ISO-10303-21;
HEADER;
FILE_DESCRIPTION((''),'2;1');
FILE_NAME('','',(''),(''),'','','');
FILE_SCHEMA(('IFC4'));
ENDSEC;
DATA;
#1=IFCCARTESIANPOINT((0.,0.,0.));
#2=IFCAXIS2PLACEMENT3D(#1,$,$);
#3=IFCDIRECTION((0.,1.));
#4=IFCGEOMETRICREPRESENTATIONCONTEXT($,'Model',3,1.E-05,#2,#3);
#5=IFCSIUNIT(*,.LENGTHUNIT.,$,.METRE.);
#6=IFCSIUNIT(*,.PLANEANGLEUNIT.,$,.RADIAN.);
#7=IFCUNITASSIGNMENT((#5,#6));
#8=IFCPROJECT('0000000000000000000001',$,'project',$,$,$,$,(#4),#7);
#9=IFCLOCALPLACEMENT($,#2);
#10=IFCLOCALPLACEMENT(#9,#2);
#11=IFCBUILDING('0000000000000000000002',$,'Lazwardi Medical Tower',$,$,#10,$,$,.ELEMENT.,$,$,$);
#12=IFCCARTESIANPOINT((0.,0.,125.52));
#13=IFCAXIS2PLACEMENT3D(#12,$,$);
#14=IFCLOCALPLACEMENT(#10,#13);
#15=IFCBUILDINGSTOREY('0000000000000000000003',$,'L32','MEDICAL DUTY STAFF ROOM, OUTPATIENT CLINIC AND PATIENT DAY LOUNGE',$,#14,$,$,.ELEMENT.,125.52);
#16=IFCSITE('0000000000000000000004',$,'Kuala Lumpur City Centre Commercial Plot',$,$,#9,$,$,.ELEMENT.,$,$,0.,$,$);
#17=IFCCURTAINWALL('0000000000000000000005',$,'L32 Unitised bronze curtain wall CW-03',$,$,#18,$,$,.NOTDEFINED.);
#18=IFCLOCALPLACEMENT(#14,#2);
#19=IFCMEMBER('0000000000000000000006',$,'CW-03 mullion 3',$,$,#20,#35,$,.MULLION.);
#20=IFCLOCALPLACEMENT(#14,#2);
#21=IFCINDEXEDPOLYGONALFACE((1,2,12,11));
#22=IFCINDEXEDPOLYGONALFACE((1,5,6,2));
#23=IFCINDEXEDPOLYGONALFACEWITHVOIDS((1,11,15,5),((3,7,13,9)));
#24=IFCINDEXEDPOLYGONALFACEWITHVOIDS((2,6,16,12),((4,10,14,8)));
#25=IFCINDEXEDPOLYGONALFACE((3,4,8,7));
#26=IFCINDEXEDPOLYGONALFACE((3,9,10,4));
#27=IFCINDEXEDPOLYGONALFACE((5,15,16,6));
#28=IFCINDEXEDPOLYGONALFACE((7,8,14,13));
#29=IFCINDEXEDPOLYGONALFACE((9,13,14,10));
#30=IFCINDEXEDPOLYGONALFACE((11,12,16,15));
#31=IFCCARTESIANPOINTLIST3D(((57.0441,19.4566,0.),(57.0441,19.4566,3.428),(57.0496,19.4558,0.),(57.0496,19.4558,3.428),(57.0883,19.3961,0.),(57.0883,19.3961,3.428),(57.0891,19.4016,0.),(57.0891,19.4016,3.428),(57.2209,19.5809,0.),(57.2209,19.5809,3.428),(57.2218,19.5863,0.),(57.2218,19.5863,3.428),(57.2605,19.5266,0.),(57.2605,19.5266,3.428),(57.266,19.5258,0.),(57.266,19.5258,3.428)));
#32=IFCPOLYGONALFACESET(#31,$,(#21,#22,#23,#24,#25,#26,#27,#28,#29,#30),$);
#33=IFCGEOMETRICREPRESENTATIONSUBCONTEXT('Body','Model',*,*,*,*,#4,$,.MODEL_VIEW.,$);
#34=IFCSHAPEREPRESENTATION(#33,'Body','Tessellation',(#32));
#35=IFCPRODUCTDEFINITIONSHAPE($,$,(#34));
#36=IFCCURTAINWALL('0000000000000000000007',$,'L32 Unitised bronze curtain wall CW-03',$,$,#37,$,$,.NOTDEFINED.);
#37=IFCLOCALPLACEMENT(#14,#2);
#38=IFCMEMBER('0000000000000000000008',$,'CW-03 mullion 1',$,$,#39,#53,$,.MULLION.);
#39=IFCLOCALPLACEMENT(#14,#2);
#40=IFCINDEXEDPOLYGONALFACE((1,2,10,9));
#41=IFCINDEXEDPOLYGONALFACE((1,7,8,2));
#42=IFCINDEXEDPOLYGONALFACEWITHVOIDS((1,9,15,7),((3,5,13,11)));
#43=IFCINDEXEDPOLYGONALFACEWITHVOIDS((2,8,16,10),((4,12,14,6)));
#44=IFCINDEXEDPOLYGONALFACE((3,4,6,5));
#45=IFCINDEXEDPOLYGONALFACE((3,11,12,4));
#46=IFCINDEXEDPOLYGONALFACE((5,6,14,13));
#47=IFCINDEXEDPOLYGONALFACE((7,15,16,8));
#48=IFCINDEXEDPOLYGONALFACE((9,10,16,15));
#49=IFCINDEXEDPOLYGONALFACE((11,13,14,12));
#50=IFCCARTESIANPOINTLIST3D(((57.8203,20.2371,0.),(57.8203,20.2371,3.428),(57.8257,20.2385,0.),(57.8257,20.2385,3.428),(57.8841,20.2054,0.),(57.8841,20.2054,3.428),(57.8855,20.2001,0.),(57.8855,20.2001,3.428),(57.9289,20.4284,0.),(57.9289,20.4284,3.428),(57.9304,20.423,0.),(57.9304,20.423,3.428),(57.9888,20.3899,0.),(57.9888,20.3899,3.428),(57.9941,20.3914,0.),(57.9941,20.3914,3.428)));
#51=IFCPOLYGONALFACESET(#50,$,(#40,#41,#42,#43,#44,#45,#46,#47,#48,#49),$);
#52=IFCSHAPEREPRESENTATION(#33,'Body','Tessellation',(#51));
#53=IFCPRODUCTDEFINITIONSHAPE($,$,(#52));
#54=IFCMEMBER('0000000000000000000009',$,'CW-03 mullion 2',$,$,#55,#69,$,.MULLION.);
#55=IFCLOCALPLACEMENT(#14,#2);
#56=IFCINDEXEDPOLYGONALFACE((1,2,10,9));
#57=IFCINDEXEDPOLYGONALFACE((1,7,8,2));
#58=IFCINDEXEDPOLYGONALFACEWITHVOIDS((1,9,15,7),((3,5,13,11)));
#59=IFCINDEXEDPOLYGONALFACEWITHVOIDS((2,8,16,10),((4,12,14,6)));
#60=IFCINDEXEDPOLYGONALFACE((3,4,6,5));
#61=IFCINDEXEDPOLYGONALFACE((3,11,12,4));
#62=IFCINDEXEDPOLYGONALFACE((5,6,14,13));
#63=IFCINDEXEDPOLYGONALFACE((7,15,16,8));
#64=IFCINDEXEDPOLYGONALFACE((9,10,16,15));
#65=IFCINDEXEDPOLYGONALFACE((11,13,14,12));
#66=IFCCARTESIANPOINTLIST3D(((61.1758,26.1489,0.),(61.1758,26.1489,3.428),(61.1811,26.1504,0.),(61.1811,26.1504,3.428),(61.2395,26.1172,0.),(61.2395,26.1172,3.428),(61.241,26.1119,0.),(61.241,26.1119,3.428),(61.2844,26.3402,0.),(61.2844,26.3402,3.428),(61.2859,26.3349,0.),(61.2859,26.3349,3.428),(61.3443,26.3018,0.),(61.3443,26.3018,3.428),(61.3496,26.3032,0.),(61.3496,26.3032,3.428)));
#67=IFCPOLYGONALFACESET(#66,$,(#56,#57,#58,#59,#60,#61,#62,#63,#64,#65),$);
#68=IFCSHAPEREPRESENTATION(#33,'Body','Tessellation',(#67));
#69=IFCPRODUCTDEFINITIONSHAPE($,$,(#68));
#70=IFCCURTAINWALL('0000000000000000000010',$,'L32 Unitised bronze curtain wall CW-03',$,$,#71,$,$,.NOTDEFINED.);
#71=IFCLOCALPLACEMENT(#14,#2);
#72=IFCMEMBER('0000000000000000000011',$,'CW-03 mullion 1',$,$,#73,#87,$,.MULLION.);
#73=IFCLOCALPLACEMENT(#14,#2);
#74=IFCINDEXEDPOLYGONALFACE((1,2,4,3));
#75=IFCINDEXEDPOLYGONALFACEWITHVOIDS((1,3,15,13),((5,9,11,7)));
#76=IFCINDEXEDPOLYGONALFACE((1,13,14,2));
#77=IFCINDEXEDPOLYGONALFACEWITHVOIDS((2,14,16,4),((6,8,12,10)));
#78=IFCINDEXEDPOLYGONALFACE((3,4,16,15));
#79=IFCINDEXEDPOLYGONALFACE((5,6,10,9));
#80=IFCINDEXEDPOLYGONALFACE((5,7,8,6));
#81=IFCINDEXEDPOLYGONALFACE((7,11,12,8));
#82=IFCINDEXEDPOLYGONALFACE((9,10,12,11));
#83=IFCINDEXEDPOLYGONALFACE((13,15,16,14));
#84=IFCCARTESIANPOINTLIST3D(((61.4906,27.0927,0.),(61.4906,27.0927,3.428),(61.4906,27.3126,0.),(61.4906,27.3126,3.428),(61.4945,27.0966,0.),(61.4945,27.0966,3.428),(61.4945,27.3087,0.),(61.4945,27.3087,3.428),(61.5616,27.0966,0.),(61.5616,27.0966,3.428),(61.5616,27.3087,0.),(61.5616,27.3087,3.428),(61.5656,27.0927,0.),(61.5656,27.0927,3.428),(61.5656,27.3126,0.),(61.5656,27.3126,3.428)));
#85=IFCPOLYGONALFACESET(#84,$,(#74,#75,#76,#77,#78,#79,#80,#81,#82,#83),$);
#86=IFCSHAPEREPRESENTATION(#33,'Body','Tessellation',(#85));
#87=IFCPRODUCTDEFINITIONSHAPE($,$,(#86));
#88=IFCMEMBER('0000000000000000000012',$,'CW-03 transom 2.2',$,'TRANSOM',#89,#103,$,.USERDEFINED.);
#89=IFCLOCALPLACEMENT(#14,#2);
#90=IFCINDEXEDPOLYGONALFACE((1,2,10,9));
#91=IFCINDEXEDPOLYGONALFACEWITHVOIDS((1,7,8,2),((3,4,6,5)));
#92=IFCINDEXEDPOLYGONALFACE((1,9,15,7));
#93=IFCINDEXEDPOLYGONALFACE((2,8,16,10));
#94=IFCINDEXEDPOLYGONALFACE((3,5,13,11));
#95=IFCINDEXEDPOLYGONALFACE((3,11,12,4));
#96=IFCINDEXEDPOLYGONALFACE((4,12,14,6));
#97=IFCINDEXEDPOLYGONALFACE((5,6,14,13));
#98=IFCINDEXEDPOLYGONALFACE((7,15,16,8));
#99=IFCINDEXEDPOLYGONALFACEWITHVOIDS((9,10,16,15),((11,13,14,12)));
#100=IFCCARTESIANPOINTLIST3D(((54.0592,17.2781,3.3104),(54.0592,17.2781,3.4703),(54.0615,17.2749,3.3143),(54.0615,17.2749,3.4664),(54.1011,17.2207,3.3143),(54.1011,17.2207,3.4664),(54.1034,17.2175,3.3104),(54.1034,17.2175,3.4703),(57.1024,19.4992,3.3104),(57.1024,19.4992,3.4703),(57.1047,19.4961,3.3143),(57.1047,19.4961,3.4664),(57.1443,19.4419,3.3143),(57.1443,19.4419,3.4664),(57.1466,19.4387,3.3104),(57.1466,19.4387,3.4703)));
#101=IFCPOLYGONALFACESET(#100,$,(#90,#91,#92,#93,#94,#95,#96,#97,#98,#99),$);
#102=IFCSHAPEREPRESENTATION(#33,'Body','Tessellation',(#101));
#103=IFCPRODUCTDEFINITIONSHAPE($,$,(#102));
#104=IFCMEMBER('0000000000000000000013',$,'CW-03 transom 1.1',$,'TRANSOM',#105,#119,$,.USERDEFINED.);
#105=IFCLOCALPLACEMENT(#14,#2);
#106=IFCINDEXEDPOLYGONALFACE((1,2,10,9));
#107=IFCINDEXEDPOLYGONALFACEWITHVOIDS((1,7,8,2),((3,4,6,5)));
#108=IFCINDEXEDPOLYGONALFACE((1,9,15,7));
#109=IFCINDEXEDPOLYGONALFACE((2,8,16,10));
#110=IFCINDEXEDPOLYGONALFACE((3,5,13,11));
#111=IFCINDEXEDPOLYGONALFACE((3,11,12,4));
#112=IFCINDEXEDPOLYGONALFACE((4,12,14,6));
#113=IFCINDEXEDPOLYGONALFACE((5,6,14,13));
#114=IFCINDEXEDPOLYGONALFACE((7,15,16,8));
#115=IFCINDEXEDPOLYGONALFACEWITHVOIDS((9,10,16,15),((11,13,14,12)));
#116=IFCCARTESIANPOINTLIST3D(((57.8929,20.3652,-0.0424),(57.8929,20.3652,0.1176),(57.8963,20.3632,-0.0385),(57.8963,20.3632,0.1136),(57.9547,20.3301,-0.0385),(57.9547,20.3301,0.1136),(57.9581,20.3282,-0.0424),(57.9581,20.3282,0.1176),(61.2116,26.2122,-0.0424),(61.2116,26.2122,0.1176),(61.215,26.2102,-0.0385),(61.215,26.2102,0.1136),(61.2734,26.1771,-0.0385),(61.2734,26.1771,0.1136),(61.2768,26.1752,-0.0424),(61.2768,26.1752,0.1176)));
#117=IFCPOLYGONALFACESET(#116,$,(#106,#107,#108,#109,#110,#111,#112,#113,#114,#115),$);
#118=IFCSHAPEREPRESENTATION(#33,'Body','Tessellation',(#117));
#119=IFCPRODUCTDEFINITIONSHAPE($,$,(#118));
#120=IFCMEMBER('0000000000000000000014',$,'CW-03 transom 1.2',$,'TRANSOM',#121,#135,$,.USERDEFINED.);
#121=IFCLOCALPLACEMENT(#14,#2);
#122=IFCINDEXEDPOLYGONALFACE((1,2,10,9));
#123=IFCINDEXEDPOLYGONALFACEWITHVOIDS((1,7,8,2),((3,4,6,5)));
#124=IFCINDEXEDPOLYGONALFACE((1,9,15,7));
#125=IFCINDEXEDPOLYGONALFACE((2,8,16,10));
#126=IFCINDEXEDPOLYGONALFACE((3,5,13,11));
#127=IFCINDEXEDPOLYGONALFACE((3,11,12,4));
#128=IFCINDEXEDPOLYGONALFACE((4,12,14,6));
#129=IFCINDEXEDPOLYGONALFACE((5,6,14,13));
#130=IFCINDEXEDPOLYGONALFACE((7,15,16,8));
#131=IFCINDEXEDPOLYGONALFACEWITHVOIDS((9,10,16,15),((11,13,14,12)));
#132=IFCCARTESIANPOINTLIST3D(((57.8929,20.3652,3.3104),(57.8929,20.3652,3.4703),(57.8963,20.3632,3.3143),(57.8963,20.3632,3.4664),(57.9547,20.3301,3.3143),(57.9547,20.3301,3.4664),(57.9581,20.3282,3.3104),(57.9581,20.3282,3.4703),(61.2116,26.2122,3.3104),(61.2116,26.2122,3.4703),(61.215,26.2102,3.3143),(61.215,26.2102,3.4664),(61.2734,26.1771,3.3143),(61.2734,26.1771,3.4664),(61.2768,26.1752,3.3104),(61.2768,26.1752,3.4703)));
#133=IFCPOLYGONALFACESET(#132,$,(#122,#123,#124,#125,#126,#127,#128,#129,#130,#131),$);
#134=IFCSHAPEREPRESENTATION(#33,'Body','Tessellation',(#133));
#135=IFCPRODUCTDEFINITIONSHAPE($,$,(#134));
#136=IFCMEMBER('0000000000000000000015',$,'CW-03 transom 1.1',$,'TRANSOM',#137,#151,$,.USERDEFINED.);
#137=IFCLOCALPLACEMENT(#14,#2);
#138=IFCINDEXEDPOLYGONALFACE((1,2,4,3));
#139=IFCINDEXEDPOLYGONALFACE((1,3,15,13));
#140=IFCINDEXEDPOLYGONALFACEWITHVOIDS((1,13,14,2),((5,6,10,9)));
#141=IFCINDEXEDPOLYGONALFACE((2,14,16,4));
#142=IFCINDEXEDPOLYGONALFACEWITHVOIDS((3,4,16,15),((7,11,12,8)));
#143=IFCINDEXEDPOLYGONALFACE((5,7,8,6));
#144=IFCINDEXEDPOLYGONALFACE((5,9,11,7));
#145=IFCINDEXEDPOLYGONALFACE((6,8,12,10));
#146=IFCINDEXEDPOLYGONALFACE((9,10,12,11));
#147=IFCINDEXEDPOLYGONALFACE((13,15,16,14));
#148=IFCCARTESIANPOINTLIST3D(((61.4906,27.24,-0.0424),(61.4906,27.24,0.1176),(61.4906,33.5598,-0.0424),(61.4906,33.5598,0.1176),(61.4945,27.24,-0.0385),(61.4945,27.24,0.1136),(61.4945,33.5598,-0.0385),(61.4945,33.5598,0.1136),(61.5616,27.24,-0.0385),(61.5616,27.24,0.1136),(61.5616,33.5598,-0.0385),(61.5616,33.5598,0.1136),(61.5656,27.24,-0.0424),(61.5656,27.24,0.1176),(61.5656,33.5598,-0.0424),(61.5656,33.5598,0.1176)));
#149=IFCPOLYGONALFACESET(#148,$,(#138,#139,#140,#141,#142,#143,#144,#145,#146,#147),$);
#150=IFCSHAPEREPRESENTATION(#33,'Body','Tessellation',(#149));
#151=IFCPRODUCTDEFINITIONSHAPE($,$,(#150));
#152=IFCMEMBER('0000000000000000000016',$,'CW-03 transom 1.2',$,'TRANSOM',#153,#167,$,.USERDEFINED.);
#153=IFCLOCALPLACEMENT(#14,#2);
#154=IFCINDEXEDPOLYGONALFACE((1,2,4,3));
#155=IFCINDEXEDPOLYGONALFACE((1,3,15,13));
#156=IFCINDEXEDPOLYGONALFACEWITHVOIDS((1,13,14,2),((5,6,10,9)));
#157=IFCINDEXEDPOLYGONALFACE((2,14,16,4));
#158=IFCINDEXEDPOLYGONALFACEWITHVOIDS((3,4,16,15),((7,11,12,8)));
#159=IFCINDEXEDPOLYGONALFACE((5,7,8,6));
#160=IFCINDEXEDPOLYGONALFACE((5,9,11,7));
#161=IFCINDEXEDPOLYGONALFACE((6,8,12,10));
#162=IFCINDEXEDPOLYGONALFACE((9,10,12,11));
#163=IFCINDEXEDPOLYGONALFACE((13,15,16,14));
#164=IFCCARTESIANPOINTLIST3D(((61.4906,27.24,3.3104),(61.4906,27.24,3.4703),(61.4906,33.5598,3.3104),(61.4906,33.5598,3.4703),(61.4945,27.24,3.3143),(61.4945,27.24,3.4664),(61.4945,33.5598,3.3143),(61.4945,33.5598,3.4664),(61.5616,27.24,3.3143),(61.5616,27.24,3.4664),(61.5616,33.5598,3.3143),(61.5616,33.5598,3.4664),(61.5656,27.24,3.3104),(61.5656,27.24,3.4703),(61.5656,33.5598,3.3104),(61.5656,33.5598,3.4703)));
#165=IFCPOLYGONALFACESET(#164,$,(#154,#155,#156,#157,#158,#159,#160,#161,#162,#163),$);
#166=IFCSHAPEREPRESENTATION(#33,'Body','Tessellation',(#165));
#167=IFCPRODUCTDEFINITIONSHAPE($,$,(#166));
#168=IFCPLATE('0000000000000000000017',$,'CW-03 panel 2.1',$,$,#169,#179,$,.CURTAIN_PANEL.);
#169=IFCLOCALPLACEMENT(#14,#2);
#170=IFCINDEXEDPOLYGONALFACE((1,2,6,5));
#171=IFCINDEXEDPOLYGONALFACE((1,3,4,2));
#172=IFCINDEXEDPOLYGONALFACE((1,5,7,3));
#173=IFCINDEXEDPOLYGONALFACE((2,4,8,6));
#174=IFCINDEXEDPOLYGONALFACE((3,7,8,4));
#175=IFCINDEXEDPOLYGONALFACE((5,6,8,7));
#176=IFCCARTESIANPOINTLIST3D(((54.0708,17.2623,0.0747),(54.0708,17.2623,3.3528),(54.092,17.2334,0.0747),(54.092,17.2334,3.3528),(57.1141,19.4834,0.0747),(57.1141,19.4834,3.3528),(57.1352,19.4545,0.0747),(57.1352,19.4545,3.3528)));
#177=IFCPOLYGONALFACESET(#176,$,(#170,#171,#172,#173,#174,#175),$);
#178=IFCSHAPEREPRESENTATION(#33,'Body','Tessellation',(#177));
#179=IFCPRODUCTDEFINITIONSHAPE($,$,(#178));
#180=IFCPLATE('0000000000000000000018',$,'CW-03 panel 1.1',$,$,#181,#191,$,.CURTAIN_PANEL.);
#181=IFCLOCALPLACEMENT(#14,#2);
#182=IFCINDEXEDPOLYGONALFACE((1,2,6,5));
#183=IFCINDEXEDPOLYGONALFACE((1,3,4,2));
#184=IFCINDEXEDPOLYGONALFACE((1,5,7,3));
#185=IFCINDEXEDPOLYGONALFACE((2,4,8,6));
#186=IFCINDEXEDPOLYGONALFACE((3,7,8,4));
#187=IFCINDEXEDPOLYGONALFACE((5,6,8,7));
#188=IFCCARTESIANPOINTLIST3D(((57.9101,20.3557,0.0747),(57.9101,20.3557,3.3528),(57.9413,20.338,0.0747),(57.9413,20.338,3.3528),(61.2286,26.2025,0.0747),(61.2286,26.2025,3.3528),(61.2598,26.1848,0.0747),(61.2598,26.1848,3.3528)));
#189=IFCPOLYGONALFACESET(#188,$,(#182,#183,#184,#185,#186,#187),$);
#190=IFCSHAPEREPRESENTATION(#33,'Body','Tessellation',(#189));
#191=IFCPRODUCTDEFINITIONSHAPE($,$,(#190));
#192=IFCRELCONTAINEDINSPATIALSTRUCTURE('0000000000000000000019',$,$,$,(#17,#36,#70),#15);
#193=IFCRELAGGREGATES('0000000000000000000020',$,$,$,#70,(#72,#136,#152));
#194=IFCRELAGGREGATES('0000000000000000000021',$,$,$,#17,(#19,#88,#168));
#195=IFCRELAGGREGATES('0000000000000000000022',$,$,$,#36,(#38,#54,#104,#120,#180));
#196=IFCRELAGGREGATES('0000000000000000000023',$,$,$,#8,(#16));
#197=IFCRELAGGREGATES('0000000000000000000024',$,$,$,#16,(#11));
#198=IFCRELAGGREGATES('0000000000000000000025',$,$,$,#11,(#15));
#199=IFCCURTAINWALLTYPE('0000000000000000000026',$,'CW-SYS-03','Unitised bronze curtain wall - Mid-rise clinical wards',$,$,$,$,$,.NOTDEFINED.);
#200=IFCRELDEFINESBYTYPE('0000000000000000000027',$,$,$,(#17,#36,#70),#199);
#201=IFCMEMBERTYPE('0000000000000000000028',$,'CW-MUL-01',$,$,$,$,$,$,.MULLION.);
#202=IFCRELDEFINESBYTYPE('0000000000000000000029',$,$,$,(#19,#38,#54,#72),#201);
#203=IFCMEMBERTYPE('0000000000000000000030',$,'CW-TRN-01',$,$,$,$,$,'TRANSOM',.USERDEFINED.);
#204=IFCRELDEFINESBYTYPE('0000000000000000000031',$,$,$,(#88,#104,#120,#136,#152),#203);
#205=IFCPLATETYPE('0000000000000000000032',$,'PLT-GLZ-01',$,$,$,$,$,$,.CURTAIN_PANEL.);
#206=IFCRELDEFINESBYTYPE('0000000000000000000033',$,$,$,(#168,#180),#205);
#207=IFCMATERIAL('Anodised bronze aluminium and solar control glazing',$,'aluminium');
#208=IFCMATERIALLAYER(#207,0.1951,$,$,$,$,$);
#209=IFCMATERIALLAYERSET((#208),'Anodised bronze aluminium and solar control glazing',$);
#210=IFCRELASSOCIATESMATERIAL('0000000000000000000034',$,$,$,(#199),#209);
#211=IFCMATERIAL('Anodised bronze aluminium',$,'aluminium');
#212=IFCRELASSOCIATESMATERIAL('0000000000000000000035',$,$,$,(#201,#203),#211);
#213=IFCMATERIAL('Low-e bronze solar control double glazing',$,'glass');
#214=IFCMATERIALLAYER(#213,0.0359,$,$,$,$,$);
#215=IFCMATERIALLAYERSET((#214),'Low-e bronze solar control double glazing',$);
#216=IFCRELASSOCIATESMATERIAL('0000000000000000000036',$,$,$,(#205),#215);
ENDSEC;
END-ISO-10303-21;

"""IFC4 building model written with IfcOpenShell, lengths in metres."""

from ifc_helpers import new_model, si_unit, direction, frame, origin, origin_2d, place, context, subcontext, project, spatial, rectangle, hollow_rectangle, extrude, material, layer, layer_set, material_profile, profile_set, type_object, element, aggregate, save


model = new_model("IFC4")

# Units and contexts
model_context = context("Model", 3, precision=1e-05, world=origin(), true_north=direction((0.0, 1.0)))
body_context = subcontext(model_context, "Body", "Model", "MODEL_VIEW")
ifc_project = project(units=[si_unit("LENGTHUNIT", "METRE"), si_unit("PLANEANGLEUNIT", "RADIAN")], contexts=[model_context])

# Site, building, storey
site_placement = place(None, origin())
site = spatial("IfcSite", under=ifc_project, at=site_placement, Name="Kuala Lumpur City Centre Commercial Plot", CompositionType="ELEMENT", RefElevation=0.0)
building_placement = place(site_placement, origin())
building = spatial("IfcBuilding", under=site, at=building_placement, Name="Lazwardi Medical Tower", CompositionType="ELEMENT")
storey_placement = place(building_placement, frame((0.0, 0.0, 125.52)))
storey = spatial("IfcBuildingStorey", under=building, at=storey_placement, Name="L32", Description="MEDICAL DUTY STAFF ROOM, OUTPATIENT CLINIC AND PATIENT DAY LOUNGE", CompositionType="ELEMENT", Elevation=125.52)

# Curtain wall, member
ifc_material_1 = material(Name="Anodised bronze aluminium and solar control glazing", Category="aluminium")
ifc_layer_1 = layer(ifc_material_1, 0.1951)
ifc_layer_set_1 = layer_set([ifc_layer_1], Name="Anodised bronze aluminium and solar control glazing")
curtain_wall_type = type_object("IfcCurtainWallType", Name="CW-SYS-03", Description="Unitised bronze curtain wall - Mid-rise clinical wards", PredefinedType="NOTDEFINED", material=ifc_layer_set_1)
curtain_wall_1_placement = place(storey_placement, origin())
curtain_wall_1 = element("IfcCurtainWall", 1, at=curtain_wall_1_placement, inside=storey, type_object=curtain_wall_type, Name="L32 Unitised bronze curtain wall CW-03", PredefinedType="NOTDEFINED")
ifc_material_2 = material(Name="Anodised bronze aluminium", Category="aluminium")
ifc_material_profile_1 = material_profile(ifc_material_2, hollow_rectangle(XDim=0.075, YDim=0.22, WallThickness=0.0039, at=origin_2d()), Name="ALU-MULLION 220x75x4")
ifc_profile_set_1 = profile_set([ifc_material_profile_1], Name="Anodised bronze aluminium")
member_type_1 = type_object("IfcMemberType", Name="CW-MUL-01", PredefinedType="MULLION", material=ifc_profile_set_1)
member_1_placement = place(storey_placement, frame((57.155, 19.4912, 0.0), z_axis=(0.0, 0.0, 1.0), x_axis=(-0.589531, 0.807746, 0.0)))
member_1 = element("IfcMember", 2, at=member_1_placement, type_object=member_type_1, Name="CW-03 mullion 3", PredefinedType="MULLION", context=body_context, shape_type="SweptSolid", body=[
    extrude(hollow_rectangle(XDim=0.075, YDim=0.22, WallThickness=0.0039, at=origin_2d()), origin(), (0.0, 0.0, 1.0), 3.428),
])

# Curtain wall, members
curtain_wall_2_placement = place(storey_placement, origin())
curtain_wall_2 = element("IfcCurtainWall", 3, at=curtain_wall_2_placement, inside=storey, type_object=curtain_wall_type, Name="L32 Unitised bronze curtain wall CW-03", PredefinedType="NOTDEFINED")
member_2_placement = place(storey_placement, frame((57.9072, 20.3142, 0.0), z_axis=(0.0, 0.0, 1.0), x_axis=(-0.869687, 0.493603, 0.0)))
member_2 = element("IfcMember", 4, at=member_2_placement, type_object=member_type_1, Name="CW-03 mullion 1", PredefinedType="MULLION", context=body_context, shape_type="SweptSolid", body=[
    extrude(hollow_rectangle(XDim=0.075, YDim=0.22, WallThickness=0.0039, at=origin_2d()), origin(), (0.0, 0.0, 1.0), 3.428),
])
member_3_placement = place(storey_placement, frame((61.2627, 26.2261, 0.0), z_axis=(0.0, 0.0, 1.0), x_axis=(-0.869687, 0.493603, 0.0)))
member_3 = element("IfcMember", 5, at=member_3_placement, type_object=member_type_1, Name="CW-03 mullion 2", PredefinedType="MULLION", context=body_context, shape_type="SweptSolid", body=[
    extrude(hollow_rectangle(XDim=0.075, YDim=0.22, WallThickness=0.0039, at=origin_2d()), origin(), (0.0, 0.0, 1.0), 3.428),
])

# Curtain wall, member
curtain_wall_3_placement = place(storey_placement, origin())
curtain_wall_3 = element("IfcCurtainWall", 6, at=curtain_wall_3_placement, inside=storey, type_object=curtain_wall_type, Name="L32 Unitised bronze curtain wall CW-03", PredefinedType="NOTDEFINED")
member_4_placement = place(storey_placement, frame((61.5281, 27.2026, 0.0), z_axis=(0.0, 0.0, 1.0), x_axis=(-1.0, 0.0, 0.0)))
member_4 = element("IfcMember", 7, at=member_4_placement, type_object=member_type_1, Name="CW-03 mullion 1", PredefinedType="MULLION", context=body_context, shape_type="SweptSolid", body=[
    extrude(hollow_rectangle(XDim=0.075, YDim=0.22, WallThickness=0.0039, at=origin_2d()), origin(), (0.0, 0.0, 1.0), 3.428),
])

# Members
ifc_material_profile_2 = material_profile(ifc_material_2, hollow_rectangle(XDim=0.075, YDim=0.1599, WallThickness=0.0039, at=origin_2d()), Name="ALU-TRANSOM 160x75x4")
ifc_profile_set_2 = profile_set([ifc_material_profile_2], Name="Anodised bronze aluminium")
member_type_2 = type_object("IfcMemberType", Name="CW-TRN-01", ElementType="TRANSOM", PredefinedType="USERDEFINED", material=ifc_profile_set_2)
member_5_placement = place(storey_placement, frame((54.0813, 17.2478, 3.3904), z_axis=(0.807732, 0.58955, 0.0), x_axis=(-0.58955, 0.807732, 0.0)))
member_5 = element("IfcMember", 8, at=member_5_placement, type_object=member_type_2, Name="CW-03 transom 2.2", ObjectType="TRANSOM", PredefinedType="USERDEFINED", context=body_context, shape_type="SweptSolid", body=[
    extrude(hollow_rectangle(XDim=0.075, YDim=0.1599, WallThickness=0.0039, at=origin_2d()), origin(), (0.0, 0.0, 1.0), 3.7676),
])
member_6_placement = place(storey_placement, frame((57.9255, 20.3467, 0.0376), z_axis=(0.493614, 0.869681, 0.0), x_axis=(-0.869681, 0.493614, 0.0)))
member_6 = element("IfcMember", 9, at=member_6_placement, type_object=member_type_2, Name="CW-03 transom 1.1", ObjectType="TRANSOM", PredefinedType="USERDEFINED", context=body_context, shape_type="SweptSolid", body=[
    extrude(hollow_rectangle(XDim=0.075, YDim=0.1599, WallThickness=0.0039, at=origin_2d()), origin(), (0.0, 0.0, 1.0), 6.7231),
])
member_7_placement = place(storey_placement, frame((57.9255, 20.3467, 3.3904), z_axis=(0.493614, 0.869681, 0.0), x_axis=(-0.869681, 0.493614, 0.0)))
member_7 = element("IfcMember", 10, at=member_7_placement, type_object=member_type_2, Name="CW-03 transom 1.2", ObjectType="TRANSOM", PredefinedType="USERDEFINED", context=body_context, shape_type="SweptSolid", body=[
    extrude(hollow_rectangle(XDim=0.075, YDim=0.1599, WallThickness=0.0039, at=origin_2d()), origin(), (0.0, 0.0, 1.0), 6.7231),
])
member_8_placement = place(storey_placement, frame((61.5281, 27.24, 0.0376), z_axis=(0.0, 1.0, 0.0), x_axis=(-1.0, 0.0, 0.0)))
member_8 = element("IfcMember", 11, at=member_8_placement, type_object=member_type_2, Name="CW-03 transom 1.1", ObjectType="TRANSOM", PredefinedType="USERDEFINED", context=body_context, shape_type="SweptSolid", body=[
    extrude(hollow_rectangle(XDim=0.075, YDim=0.1599, WallThickness=0.0039, at=origin_2d()), origin(), (0.0, 0.0, 1.0), 6.3198),
])
member_9_placement = place(storey_placement, frame((61.5281, 27.24, 3.3904), z_axis=(0.0, 1.0, 0.0), x_axis=(-1.0, 0.0, 0.0)))
member_9 = element("IfcMember", 12, at=member_9_placement, type_object=member_type_2, Name="CW-03 transom 1.2", ObjectType="TRANSOM", PredefinedType="USERDEFINED", context=body_context, shape_type="SweptSolid", body=[
    extrude(hollow_rectangle(XDim=0.075, YDim=0.1599, WallThickness=0.0039, at=origin_2d()), origin(), (0.0, 0.0, 1.0), 6.3198),
])
aggregate(curtain_wall_3, [member_4, member_8, member_9])

# Plates
ifc_material_3 = material(Name="Low-e bronze solar control double glazing", Category="glass")
ifc_layer_2 = layer(ifc_material_3, 0.0359)
ifc_layer_set_2 = layer_set([ifc_layer_2], Name="Low-e bronze solar control double glazing")
plate_type = type_object("IfcPlateType", Name="PLT-GLZ-01", PredefinedType="CURTAIN_PANEL", material=ifc_layer_set_2)
plate_1_placement = place(storey_placement, frame((55.603, 18.3584, 0.0747), z_axis=(0.0, 0.0, 1.0), x_axis=(0.807746, 0.589531, 0.0)))
plate_1 = element("IfcPlate", 13, at=plate_1_placement, type_object=plate_type, Name="CW-03 panel 2.1", PredefinedType="CURTAIN_PANEL", context=body_context, shape_type="SweptSolid", body=[
    extrude(rectangle(XDim=3.7676, YDim=0.0359, at=origin_2d()), origin(), (0.0, 0.0, 1.0), 3.2781),
])
aggregate(curtain_wall_1, [member_1, member_5, plate_1])
plate_2_placement = place(storey_placement, frame((59.585, 23.2703, 0.0747), z_axis=(0.0, 0.0, 1.0), x_axis=(0.493603, 0.869687, 0.0)))
plate_2 = element("IfcPlate", 14, at=plate_2_placement, type_object=plate_type, Name="CW-03 panel 1.1", PredefinedType="CURTAIN_PANEL", context=body_context, shape_type="SweptSolid", body=[
    extrude(rectangle(XDim=6.7229, YDim=0.0359, at=origin_2d()), origin(), (0.0, 0.0, 1.0), 3.2781),
])
aggregate(curtain_wall_2, [member_2, member_3, member_6, member_7, plate_2])

save(model, "model.ifc")
